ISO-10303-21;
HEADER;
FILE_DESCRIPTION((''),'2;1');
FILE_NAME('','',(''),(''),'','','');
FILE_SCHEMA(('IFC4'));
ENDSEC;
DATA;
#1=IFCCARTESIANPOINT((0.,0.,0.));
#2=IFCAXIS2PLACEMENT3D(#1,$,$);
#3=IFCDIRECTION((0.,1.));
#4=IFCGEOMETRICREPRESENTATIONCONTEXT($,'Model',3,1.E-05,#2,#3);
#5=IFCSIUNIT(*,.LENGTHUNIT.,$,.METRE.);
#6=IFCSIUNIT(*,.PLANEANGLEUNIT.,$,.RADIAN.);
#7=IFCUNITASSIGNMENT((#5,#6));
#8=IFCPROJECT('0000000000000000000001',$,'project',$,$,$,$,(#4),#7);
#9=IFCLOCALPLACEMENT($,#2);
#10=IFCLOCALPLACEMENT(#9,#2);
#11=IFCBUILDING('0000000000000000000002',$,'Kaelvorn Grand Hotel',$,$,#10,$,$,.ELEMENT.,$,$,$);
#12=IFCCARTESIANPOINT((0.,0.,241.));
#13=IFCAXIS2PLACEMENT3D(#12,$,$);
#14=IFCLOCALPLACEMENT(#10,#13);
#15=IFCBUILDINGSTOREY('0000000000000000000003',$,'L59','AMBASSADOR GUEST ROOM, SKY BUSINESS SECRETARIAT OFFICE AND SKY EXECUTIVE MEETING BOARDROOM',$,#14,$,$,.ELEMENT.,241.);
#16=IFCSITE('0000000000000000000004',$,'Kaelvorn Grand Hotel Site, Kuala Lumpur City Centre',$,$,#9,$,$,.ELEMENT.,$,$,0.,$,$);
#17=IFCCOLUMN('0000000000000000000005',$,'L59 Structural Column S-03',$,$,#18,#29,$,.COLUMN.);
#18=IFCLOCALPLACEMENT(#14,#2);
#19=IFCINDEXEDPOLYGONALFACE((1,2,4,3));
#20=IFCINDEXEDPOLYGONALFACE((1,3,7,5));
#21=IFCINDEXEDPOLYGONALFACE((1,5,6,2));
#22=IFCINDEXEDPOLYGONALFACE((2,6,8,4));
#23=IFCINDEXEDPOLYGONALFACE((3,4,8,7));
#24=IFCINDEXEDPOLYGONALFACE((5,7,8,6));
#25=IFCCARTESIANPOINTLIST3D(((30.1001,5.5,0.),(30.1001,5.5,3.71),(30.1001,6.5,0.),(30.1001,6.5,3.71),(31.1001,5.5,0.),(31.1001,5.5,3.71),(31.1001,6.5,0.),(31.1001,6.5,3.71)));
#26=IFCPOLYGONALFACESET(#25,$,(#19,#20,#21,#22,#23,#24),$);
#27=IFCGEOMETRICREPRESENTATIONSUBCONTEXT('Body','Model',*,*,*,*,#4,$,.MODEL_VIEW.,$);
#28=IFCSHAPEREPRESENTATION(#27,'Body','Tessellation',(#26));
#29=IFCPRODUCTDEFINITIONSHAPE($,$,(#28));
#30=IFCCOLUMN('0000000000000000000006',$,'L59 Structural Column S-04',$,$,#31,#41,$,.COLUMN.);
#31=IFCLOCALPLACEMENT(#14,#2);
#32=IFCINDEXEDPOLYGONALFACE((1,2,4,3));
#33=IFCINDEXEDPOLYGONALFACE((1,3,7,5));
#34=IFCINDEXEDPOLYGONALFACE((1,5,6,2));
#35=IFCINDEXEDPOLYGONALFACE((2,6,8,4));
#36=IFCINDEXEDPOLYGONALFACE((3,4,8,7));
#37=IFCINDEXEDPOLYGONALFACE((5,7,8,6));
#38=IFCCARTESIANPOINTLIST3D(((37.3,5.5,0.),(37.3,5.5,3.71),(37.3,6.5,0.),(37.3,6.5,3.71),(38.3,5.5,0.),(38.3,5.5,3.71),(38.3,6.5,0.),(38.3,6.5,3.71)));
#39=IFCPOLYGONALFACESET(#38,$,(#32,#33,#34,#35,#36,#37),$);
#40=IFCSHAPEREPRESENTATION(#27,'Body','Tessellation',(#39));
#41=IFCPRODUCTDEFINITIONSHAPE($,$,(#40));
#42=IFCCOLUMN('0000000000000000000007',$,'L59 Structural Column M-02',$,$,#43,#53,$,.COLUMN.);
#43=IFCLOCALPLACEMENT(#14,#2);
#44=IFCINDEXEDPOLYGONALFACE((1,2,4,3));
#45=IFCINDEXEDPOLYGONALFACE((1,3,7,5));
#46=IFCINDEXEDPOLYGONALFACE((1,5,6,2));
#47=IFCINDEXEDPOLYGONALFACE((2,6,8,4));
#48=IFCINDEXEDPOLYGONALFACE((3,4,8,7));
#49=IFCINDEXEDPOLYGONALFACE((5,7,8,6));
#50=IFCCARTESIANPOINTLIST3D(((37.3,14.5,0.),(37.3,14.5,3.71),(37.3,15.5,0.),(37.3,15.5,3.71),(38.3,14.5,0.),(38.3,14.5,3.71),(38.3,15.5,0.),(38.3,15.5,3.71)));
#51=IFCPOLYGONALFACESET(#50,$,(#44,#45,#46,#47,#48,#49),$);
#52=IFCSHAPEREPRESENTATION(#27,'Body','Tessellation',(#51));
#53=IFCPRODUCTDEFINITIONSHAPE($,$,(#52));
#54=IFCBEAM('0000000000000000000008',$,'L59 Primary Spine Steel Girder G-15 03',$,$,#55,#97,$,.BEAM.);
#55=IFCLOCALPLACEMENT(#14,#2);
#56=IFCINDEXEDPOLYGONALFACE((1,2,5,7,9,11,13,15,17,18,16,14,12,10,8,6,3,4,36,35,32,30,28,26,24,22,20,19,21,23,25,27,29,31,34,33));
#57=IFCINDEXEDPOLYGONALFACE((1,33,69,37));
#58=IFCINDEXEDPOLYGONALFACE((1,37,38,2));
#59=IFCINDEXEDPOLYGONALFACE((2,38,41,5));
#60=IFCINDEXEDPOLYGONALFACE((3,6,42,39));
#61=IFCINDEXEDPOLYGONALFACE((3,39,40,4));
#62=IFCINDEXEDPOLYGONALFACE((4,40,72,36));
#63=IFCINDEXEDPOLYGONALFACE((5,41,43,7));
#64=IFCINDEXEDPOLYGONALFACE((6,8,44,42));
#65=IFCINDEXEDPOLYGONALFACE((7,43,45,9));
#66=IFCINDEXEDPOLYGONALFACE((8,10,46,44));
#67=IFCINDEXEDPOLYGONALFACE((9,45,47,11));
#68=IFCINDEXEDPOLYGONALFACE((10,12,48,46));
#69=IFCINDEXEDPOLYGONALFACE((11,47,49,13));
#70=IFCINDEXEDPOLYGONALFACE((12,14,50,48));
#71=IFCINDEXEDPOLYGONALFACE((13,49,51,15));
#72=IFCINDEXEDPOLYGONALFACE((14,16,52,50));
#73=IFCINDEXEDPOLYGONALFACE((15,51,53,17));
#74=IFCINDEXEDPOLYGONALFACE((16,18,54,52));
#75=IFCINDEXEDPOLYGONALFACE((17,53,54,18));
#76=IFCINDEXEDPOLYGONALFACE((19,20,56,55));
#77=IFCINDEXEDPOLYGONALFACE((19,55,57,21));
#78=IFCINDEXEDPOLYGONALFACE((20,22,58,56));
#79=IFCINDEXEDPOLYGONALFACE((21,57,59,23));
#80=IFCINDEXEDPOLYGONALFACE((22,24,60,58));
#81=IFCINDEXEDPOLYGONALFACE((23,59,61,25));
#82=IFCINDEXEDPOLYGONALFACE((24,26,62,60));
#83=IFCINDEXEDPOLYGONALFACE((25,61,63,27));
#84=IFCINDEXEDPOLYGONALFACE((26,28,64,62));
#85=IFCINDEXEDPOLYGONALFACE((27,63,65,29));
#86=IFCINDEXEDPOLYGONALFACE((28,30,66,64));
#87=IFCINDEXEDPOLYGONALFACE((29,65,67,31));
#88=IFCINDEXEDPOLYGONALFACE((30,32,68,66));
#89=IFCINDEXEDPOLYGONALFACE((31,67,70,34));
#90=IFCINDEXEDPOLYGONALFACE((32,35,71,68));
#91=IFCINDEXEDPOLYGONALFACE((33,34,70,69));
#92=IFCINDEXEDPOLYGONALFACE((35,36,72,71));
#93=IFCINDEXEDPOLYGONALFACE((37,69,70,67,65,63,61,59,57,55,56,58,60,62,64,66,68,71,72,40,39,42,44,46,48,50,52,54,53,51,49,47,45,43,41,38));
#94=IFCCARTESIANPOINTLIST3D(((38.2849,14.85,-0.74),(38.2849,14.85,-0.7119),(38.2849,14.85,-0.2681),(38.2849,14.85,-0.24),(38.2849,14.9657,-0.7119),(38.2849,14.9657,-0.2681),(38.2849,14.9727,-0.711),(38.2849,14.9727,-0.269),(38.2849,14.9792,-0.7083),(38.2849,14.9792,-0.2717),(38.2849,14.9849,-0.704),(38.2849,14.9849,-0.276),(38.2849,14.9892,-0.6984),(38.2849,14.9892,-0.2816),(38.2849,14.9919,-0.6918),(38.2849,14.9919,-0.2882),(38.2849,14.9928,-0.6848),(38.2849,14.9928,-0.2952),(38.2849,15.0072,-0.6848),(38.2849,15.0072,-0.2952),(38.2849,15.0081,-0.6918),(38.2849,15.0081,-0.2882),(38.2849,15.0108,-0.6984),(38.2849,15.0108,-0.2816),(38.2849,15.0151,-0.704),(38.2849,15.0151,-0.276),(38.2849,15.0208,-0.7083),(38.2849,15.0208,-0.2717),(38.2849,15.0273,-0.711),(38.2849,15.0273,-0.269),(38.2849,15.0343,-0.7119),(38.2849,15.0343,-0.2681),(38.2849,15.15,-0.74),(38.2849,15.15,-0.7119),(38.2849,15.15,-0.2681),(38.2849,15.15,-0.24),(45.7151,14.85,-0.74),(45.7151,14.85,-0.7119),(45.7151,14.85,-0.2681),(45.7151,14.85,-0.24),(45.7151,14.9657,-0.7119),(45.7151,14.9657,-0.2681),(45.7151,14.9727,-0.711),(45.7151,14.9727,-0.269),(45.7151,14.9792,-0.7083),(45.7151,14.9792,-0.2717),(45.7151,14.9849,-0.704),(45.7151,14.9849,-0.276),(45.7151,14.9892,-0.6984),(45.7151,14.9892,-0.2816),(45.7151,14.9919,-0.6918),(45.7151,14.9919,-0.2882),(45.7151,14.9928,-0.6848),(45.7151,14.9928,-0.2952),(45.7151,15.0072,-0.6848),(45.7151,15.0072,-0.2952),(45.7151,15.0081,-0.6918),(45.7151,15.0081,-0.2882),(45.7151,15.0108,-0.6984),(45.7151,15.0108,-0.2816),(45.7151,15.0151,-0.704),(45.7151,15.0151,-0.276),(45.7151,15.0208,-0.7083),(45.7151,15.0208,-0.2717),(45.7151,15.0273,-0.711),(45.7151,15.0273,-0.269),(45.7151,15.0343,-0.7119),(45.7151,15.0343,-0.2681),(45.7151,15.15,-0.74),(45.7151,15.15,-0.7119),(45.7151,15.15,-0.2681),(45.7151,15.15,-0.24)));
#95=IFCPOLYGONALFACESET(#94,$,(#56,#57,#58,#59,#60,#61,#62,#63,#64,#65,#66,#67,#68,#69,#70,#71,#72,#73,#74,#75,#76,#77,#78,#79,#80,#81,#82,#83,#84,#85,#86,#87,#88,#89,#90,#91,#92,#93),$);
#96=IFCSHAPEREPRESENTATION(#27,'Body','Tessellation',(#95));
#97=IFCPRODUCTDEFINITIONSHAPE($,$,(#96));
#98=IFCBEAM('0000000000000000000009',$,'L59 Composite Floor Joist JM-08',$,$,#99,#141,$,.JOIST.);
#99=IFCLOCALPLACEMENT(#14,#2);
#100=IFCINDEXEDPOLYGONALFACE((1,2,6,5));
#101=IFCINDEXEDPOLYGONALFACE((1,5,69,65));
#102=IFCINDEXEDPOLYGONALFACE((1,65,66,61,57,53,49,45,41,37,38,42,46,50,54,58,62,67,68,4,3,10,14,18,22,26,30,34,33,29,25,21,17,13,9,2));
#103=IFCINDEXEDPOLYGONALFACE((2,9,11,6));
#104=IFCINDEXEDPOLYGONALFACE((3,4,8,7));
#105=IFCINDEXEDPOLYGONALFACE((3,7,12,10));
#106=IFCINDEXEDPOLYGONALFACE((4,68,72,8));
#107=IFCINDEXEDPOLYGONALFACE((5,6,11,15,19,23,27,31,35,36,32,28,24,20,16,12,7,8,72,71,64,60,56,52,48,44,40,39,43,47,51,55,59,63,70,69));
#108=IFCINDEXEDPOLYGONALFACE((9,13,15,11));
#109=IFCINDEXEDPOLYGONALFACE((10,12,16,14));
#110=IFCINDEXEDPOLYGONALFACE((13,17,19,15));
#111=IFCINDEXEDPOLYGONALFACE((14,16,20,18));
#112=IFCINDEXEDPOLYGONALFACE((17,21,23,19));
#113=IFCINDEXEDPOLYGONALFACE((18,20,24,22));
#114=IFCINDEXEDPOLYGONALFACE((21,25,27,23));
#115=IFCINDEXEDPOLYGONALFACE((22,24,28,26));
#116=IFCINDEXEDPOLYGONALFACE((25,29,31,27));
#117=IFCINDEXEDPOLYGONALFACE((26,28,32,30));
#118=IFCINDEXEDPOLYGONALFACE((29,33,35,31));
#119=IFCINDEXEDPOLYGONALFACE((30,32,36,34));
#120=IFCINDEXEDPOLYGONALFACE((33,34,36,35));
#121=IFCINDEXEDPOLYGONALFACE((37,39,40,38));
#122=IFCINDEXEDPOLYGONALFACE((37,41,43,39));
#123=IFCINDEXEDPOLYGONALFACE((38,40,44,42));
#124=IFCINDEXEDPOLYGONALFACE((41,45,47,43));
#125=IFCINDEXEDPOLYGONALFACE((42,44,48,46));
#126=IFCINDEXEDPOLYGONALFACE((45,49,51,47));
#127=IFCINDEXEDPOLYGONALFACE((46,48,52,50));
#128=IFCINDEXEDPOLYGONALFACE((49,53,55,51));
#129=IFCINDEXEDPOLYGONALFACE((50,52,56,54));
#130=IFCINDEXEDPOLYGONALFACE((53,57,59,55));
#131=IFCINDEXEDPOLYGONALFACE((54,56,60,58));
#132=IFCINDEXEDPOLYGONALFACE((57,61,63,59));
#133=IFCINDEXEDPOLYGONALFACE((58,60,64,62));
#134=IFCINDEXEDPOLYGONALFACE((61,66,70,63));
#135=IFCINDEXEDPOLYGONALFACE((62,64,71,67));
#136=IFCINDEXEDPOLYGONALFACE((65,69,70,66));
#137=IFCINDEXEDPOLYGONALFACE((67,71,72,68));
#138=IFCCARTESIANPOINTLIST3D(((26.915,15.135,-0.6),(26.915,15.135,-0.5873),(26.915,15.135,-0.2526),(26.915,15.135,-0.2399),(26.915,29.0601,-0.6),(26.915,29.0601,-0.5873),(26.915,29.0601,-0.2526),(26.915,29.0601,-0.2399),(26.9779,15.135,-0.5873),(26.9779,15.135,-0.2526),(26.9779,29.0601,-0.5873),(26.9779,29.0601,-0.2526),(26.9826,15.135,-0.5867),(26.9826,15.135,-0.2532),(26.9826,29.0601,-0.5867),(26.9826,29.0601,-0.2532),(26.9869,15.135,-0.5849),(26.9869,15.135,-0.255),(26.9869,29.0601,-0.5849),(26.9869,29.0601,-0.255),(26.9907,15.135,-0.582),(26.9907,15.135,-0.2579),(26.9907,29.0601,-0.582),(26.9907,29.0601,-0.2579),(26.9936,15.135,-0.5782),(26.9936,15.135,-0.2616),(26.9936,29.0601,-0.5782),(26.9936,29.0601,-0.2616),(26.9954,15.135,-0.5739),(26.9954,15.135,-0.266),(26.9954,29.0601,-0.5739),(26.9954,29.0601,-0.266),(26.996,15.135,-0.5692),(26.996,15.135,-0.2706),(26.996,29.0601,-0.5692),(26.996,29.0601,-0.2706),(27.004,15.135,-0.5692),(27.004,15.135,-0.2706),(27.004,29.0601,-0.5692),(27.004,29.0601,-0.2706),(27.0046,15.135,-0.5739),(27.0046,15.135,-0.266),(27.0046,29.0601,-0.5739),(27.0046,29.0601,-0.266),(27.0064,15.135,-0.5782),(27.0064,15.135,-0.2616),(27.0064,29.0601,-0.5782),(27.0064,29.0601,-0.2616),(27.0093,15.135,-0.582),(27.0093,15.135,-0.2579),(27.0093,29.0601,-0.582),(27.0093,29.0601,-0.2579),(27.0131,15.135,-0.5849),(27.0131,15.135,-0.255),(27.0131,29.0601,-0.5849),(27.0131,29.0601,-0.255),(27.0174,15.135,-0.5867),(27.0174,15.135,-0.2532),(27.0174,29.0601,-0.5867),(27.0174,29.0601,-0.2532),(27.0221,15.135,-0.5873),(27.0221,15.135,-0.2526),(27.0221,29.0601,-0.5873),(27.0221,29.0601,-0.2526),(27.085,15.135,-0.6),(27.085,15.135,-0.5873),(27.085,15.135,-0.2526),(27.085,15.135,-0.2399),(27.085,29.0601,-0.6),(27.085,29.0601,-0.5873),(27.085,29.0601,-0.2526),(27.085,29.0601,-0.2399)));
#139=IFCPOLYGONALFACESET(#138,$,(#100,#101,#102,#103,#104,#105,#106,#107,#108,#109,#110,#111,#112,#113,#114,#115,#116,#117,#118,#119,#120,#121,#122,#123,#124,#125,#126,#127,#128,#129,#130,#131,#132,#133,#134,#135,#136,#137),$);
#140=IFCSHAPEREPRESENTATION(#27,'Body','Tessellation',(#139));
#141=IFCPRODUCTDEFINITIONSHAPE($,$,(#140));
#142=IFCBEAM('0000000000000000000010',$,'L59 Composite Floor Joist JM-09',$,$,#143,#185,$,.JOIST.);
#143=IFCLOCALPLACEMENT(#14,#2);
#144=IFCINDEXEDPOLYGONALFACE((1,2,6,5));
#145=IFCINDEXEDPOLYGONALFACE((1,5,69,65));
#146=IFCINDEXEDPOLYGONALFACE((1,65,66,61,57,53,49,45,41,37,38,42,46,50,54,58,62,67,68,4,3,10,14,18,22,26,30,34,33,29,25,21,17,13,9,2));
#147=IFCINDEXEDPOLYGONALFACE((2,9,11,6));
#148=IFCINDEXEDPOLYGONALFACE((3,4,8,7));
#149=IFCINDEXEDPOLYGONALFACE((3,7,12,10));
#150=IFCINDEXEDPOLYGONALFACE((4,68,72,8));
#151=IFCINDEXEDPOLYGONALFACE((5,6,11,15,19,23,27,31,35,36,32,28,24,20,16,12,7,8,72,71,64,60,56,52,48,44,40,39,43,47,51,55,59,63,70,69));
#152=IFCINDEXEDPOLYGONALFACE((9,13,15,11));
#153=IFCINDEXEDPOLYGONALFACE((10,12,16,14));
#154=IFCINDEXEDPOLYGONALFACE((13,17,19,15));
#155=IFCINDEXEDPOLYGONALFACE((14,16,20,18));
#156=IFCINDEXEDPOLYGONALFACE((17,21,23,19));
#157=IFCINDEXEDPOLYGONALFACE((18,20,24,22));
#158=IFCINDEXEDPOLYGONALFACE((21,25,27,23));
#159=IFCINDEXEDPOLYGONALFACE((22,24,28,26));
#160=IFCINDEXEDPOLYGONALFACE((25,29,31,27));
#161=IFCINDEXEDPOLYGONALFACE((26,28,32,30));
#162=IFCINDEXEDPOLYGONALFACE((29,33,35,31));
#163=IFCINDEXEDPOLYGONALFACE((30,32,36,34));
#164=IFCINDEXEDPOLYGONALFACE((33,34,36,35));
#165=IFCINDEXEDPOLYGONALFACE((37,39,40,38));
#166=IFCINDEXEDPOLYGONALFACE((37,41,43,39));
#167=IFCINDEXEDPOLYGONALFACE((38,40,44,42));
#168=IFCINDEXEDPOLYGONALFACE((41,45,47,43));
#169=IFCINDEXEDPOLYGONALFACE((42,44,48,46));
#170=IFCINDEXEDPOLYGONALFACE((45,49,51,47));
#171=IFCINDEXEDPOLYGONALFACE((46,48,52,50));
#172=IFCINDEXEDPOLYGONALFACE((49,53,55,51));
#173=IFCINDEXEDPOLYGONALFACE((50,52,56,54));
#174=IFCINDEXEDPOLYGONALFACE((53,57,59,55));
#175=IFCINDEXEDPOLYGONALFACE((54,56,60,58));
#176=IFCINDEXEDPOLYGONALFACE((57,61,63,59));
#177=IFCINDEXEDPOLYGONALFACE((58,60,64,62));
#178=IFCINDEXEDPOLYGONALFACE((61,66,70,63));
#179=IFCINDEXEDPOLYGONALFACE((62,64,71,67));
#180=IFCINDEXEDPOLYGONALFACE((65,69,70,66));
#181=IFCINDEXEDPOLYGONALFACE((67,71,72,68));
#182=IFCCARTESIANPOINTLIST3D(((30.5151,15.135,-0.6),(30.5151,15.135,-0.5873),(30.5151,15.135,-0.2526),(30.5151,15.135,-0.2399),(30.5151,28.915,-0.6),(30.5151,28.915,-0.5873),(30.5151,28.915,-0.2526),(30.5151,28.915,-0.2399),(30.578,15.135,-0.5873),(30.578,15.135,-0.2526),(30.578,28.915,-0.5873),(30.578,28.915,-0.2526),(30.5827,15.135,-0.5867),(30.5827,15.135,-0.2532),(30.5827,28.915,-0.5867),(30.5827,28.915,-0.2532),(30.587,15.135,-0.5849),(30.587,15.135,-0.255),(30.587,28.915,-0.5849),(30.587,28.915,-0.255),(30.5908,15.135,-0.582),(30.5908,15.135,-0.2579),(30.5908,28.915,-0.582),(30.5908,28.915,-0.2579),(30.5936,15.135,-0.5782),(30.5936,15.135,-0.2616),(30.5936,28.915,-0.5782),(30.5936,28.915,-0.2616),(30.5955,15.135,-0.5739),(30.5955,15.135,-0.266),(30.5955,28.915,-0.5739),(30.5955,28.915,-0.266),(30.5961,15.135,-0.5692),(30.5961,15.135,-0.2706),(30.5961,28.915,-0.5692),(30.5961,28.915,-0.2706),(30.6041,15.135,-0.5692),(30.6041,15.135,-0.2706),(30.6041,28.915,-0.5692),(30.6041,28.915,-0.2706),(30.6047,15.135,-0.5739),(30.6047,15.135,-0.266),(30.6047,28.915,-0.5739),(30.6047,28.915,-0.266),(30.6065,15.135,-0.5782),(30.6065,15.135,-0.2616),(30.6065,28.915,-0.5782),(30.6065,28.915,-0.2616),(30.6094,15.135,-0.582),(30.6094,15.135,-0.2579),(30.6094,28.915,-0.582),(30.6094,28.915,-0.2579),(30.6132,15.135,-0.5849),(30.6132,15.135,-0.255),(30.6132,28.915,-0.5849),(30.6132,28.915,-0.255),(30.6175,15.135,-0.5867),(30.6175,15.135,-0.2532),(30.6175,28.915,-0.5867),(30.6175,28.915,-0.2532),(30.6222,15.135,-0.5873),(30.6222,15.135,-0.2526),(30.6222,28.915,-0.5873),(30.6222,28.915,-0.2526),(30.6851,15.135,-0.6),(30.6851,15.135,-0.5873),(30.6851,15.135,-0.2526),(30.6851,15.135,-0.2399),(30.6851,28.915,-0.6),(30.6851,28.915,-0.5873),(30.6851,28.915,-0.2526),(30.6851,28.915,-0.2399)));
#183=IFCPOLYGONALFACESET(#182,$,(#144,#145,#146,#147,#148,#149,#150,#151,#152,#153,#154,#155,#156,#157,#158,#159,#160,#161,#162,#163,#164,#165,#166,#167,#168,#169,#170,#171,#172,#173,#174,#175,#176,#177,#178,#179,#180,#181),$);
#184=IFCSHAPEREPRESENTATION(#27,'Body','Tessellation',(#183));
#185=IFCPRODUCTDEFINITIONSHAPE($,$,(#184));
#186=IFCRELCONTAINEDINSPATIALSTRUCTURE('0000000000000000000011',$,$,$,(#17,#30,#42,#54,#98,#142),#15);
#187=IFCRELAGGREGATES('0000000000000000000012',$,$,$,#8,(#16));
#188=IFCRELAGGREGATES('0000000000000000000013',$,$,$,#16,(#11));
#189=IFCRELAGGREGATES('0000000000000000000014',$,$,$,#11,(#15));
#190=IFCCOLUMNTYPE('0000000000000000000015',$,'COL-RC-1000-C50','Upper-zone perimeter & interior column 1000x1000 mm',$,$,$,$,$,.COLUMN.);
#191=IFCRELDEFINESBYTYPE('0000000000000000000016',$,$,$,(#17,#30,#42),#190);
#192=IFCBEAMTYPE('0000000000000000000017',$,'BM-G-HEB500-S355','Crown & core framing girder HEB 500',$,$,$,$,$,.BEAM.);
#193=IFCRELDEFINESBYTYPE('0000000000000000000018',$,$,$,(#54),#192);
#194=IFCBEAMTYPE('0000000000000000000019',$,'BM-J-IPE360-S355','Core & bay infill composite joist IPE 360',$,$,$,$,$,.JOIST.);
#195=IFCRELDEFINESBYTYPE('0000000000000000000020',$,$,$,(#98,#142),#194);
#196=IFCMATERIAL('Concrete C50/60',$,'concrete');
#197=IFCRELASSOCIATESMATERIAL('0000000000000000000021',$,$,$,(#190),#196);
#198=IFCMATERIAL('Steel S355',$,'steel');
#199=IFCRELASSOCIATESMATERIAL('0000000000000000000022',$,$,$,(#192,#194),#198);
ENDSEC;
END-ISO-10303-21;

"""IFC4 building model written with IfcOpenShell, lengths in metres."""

from ifc_helpers import new_model, si_unit, direction, frame, origin, origin_2d, place, context, subcontext, project, spatial, rectangle, i_section, extrude, material, material_profile, profile_set, type_object, element, save


model = new_model("IFC4")

# Units and contexts
model_context = context("Model", 3, precision=1e-05, world=origin(), true_north=direction((0.0, 1.0)))
body_context = subcontext(model_context, "Body", "Model", "MODEL_VIEW")
ifc_project = project(units=[si_unit("LENGTHUNIT", "METRE"), si_unit("PLANEANGLEUNIT", "RADIAN")], contexts=[model_context])

# Site, building, storey
site_placement = place(None, origin())
site = spatial("IfcSite", under=ifc_project, at=site_placement, Name="Kaelvorn Grand Hotel Site, Kuala Lumpur City Centre", CompositionType="ELEMENT", RefElevation=0.0)
building_placement = place(site_placement, origin())
building = spatial("IfcBuilding", under=site, at=building_placement, Name="Kaelvorn Grand Hotel", CompositionType="ELEMENT")
storey_placement = place(building_placement, frame((0.0, 0.0, 241.0)))
storey = spatial("IfcBuildingStorey", under=building, at=storey_placement, Name="L59", Description="AMBASSADOR GUEST ROOM, SKY BUSINESS SECRETARIAT OFFICE AND SKY EXECUTIVE MEETING BOARDROOM", CompositionType="ELEMENT", Elevation=241.0)

# Columns
ifc_material_1 = material(Name="Concrete C50/60", Category="concrete")
ifc_material_profile_1 = material_profile(ifc_material_1, rectangle(XDim=1.0, YDim=1.0, at=origin_2d()), Name="RC COL 1000x1000")
ifc_profile_set_1 = profile_set([ifc_material_profile_1], Name="Concrete C50/60")
column_type = type_object("IfcColumnType", Name="COL-RC-1000-C50", Description="Upper-zone perimeter & interior column 1000x1000 mm", PredefinedType="COLUMN", material=ifc_profile_set_1)
for number, where, z_axis, x_axis, name in (
    (1, (30.6001, 6.0, 0.0), (0.0, 0.0, 1.0), (1.0, 0.0, 0.0), "L59 Structural Column S-03"),
    (2, (37.8, 6.0, 0.0), (0.0, 0.0, 1.0), (1.0, 0.0, 0.0), "L59 Structural Column S-04"),
    (3, (37.8, 15.0, 0.0), (0.0, 0.0, 1.0), (1.0, 0.0, 0.0), "L59 Structural Column M-02"),
):
    element("IfcColumn", number, at=place(storey_placement, frame(where, z_axis=z_axis, x_axis=x_axis)), inside=storey, type_object=column_type, Name=name, PredefinedType="COLUMN", context=body_context, shape_type="SweptSolid", body=[
        extrude(rectangle(XDim=1.0, YDim=1.0, at=origin_2d()), origin(), (0.0, 0.0, 1.0), 3.71),
    ])

# Beams
ifc_material_2 = material(Name="Steel S355", Category="steel")
ifc_material_profile_2 = material_profile(ifc_material_2, i_section(OverallWidth=0.3, OverallDepth=0.5, WebThickness=0.0144, FlangeThickness=0.0281, FilletRadius=0.0271, at=origin_2d()), Name="HEB 500")
ifc_profile_set_2 = profile_set([ifc_material_profile_2], Name="Steel S355")
beam_type_1 = type_object("IfcBeamType", Name="BM-G-HEB500-S355", Description="Crown & core framing girder HEB 500", PredefinedType="BEAM", material=ifc_profile_set_2)
beam_1_placement = place(storey_placement, frame((38.2849, 15.0, -0.49), z_axis=(1.0, 0.0, 0.0), x_axis=(0.0, 1.0, 0.0)))
element("IfcBeam", 4, at=beam_1_placement, inside=storey, type_object=beam_type_1, Name="L59 Primary Spine Steel Girder G-15 03", PredefinedType="BEAM", context=body_context, shape_type="SweptSolid", body=[
    extrude(i_section(OverallWidth=0.3, OverallDepth=0.5, WebThickness=0.0144, FlangeThickness=0.0281, FilletRadius=0.0271, at=origin_2d()), origin(), (0.0, 0.0, 1.0), 7.4302),
])
ifc_material_profile_3 = material_profile(ifc_material_2, i_section(OverallWidth=0.1699, OverallDepth=0.3601, WebThickness=0.0081, FlangeThickness=0.0127, FilletRadius=0.0181, at=origin_2d()), Name="IPE 360")
ifc_profile_set_3 = profile_set([ifc_material_profile_3], Name="Steel S355")
beam_type_2 = type_object("IfcBeamType", Name="BM-J-IPE360-S355", Description="Core & bay infill composite joist IPE 360", PredefinedType="JOIST", material=ifc_profile_set_3)
beam_2_placement = place(storey_placement, frame((27.0, 15.135, -0.4199), z_axis=(0.0, 1.0, 0.0), x_axis=(-1.0, 0.0, 0.0)))
element("IfcBeam", 5, at=beam_2_placement, inside=storey, type_object=beam_type_2, Name="L59 Composite Floor Joist JM-08", PredefinedType="JOIST", context=body_context, shape_type="SweptSolid", body=[
    extrude(i_section(OverallWidth=0.1699, OverallDepth=0.3601, WebThickness=0.0081, FlangeThickness=0.0127, FilletRadius=0.0181, at=origin_2d()), origin(), (0.0, 0.0, 1.0), 13.925),
])
beam_3_placement = place(storey_placement, frame((30.6001, 15.135, -0.4199), z_axis=(0.0, 1.0, 0.0), x_axis=(-1.0, 0.0, 0.0)))
element("IfcBeam", 6, at=beam_3_placement, inside=storey, type_object=beam_type_2, Name="L59 Composite Floor Joist JM-09", PredefinedType="JOIST", context=body_context, shape_type="SweptSolid", body=[
    extrude(i_section(OverallWidth=0.1699, OverallDepth=0.3601, WebThickness=0.0081, FlangeThickness=0.0127, FilletRadius=0.0181, at=origin_2d()), origin(), (0.0, 0.0, 1.0), 13.78),
])

save(model, "model.ifc")
